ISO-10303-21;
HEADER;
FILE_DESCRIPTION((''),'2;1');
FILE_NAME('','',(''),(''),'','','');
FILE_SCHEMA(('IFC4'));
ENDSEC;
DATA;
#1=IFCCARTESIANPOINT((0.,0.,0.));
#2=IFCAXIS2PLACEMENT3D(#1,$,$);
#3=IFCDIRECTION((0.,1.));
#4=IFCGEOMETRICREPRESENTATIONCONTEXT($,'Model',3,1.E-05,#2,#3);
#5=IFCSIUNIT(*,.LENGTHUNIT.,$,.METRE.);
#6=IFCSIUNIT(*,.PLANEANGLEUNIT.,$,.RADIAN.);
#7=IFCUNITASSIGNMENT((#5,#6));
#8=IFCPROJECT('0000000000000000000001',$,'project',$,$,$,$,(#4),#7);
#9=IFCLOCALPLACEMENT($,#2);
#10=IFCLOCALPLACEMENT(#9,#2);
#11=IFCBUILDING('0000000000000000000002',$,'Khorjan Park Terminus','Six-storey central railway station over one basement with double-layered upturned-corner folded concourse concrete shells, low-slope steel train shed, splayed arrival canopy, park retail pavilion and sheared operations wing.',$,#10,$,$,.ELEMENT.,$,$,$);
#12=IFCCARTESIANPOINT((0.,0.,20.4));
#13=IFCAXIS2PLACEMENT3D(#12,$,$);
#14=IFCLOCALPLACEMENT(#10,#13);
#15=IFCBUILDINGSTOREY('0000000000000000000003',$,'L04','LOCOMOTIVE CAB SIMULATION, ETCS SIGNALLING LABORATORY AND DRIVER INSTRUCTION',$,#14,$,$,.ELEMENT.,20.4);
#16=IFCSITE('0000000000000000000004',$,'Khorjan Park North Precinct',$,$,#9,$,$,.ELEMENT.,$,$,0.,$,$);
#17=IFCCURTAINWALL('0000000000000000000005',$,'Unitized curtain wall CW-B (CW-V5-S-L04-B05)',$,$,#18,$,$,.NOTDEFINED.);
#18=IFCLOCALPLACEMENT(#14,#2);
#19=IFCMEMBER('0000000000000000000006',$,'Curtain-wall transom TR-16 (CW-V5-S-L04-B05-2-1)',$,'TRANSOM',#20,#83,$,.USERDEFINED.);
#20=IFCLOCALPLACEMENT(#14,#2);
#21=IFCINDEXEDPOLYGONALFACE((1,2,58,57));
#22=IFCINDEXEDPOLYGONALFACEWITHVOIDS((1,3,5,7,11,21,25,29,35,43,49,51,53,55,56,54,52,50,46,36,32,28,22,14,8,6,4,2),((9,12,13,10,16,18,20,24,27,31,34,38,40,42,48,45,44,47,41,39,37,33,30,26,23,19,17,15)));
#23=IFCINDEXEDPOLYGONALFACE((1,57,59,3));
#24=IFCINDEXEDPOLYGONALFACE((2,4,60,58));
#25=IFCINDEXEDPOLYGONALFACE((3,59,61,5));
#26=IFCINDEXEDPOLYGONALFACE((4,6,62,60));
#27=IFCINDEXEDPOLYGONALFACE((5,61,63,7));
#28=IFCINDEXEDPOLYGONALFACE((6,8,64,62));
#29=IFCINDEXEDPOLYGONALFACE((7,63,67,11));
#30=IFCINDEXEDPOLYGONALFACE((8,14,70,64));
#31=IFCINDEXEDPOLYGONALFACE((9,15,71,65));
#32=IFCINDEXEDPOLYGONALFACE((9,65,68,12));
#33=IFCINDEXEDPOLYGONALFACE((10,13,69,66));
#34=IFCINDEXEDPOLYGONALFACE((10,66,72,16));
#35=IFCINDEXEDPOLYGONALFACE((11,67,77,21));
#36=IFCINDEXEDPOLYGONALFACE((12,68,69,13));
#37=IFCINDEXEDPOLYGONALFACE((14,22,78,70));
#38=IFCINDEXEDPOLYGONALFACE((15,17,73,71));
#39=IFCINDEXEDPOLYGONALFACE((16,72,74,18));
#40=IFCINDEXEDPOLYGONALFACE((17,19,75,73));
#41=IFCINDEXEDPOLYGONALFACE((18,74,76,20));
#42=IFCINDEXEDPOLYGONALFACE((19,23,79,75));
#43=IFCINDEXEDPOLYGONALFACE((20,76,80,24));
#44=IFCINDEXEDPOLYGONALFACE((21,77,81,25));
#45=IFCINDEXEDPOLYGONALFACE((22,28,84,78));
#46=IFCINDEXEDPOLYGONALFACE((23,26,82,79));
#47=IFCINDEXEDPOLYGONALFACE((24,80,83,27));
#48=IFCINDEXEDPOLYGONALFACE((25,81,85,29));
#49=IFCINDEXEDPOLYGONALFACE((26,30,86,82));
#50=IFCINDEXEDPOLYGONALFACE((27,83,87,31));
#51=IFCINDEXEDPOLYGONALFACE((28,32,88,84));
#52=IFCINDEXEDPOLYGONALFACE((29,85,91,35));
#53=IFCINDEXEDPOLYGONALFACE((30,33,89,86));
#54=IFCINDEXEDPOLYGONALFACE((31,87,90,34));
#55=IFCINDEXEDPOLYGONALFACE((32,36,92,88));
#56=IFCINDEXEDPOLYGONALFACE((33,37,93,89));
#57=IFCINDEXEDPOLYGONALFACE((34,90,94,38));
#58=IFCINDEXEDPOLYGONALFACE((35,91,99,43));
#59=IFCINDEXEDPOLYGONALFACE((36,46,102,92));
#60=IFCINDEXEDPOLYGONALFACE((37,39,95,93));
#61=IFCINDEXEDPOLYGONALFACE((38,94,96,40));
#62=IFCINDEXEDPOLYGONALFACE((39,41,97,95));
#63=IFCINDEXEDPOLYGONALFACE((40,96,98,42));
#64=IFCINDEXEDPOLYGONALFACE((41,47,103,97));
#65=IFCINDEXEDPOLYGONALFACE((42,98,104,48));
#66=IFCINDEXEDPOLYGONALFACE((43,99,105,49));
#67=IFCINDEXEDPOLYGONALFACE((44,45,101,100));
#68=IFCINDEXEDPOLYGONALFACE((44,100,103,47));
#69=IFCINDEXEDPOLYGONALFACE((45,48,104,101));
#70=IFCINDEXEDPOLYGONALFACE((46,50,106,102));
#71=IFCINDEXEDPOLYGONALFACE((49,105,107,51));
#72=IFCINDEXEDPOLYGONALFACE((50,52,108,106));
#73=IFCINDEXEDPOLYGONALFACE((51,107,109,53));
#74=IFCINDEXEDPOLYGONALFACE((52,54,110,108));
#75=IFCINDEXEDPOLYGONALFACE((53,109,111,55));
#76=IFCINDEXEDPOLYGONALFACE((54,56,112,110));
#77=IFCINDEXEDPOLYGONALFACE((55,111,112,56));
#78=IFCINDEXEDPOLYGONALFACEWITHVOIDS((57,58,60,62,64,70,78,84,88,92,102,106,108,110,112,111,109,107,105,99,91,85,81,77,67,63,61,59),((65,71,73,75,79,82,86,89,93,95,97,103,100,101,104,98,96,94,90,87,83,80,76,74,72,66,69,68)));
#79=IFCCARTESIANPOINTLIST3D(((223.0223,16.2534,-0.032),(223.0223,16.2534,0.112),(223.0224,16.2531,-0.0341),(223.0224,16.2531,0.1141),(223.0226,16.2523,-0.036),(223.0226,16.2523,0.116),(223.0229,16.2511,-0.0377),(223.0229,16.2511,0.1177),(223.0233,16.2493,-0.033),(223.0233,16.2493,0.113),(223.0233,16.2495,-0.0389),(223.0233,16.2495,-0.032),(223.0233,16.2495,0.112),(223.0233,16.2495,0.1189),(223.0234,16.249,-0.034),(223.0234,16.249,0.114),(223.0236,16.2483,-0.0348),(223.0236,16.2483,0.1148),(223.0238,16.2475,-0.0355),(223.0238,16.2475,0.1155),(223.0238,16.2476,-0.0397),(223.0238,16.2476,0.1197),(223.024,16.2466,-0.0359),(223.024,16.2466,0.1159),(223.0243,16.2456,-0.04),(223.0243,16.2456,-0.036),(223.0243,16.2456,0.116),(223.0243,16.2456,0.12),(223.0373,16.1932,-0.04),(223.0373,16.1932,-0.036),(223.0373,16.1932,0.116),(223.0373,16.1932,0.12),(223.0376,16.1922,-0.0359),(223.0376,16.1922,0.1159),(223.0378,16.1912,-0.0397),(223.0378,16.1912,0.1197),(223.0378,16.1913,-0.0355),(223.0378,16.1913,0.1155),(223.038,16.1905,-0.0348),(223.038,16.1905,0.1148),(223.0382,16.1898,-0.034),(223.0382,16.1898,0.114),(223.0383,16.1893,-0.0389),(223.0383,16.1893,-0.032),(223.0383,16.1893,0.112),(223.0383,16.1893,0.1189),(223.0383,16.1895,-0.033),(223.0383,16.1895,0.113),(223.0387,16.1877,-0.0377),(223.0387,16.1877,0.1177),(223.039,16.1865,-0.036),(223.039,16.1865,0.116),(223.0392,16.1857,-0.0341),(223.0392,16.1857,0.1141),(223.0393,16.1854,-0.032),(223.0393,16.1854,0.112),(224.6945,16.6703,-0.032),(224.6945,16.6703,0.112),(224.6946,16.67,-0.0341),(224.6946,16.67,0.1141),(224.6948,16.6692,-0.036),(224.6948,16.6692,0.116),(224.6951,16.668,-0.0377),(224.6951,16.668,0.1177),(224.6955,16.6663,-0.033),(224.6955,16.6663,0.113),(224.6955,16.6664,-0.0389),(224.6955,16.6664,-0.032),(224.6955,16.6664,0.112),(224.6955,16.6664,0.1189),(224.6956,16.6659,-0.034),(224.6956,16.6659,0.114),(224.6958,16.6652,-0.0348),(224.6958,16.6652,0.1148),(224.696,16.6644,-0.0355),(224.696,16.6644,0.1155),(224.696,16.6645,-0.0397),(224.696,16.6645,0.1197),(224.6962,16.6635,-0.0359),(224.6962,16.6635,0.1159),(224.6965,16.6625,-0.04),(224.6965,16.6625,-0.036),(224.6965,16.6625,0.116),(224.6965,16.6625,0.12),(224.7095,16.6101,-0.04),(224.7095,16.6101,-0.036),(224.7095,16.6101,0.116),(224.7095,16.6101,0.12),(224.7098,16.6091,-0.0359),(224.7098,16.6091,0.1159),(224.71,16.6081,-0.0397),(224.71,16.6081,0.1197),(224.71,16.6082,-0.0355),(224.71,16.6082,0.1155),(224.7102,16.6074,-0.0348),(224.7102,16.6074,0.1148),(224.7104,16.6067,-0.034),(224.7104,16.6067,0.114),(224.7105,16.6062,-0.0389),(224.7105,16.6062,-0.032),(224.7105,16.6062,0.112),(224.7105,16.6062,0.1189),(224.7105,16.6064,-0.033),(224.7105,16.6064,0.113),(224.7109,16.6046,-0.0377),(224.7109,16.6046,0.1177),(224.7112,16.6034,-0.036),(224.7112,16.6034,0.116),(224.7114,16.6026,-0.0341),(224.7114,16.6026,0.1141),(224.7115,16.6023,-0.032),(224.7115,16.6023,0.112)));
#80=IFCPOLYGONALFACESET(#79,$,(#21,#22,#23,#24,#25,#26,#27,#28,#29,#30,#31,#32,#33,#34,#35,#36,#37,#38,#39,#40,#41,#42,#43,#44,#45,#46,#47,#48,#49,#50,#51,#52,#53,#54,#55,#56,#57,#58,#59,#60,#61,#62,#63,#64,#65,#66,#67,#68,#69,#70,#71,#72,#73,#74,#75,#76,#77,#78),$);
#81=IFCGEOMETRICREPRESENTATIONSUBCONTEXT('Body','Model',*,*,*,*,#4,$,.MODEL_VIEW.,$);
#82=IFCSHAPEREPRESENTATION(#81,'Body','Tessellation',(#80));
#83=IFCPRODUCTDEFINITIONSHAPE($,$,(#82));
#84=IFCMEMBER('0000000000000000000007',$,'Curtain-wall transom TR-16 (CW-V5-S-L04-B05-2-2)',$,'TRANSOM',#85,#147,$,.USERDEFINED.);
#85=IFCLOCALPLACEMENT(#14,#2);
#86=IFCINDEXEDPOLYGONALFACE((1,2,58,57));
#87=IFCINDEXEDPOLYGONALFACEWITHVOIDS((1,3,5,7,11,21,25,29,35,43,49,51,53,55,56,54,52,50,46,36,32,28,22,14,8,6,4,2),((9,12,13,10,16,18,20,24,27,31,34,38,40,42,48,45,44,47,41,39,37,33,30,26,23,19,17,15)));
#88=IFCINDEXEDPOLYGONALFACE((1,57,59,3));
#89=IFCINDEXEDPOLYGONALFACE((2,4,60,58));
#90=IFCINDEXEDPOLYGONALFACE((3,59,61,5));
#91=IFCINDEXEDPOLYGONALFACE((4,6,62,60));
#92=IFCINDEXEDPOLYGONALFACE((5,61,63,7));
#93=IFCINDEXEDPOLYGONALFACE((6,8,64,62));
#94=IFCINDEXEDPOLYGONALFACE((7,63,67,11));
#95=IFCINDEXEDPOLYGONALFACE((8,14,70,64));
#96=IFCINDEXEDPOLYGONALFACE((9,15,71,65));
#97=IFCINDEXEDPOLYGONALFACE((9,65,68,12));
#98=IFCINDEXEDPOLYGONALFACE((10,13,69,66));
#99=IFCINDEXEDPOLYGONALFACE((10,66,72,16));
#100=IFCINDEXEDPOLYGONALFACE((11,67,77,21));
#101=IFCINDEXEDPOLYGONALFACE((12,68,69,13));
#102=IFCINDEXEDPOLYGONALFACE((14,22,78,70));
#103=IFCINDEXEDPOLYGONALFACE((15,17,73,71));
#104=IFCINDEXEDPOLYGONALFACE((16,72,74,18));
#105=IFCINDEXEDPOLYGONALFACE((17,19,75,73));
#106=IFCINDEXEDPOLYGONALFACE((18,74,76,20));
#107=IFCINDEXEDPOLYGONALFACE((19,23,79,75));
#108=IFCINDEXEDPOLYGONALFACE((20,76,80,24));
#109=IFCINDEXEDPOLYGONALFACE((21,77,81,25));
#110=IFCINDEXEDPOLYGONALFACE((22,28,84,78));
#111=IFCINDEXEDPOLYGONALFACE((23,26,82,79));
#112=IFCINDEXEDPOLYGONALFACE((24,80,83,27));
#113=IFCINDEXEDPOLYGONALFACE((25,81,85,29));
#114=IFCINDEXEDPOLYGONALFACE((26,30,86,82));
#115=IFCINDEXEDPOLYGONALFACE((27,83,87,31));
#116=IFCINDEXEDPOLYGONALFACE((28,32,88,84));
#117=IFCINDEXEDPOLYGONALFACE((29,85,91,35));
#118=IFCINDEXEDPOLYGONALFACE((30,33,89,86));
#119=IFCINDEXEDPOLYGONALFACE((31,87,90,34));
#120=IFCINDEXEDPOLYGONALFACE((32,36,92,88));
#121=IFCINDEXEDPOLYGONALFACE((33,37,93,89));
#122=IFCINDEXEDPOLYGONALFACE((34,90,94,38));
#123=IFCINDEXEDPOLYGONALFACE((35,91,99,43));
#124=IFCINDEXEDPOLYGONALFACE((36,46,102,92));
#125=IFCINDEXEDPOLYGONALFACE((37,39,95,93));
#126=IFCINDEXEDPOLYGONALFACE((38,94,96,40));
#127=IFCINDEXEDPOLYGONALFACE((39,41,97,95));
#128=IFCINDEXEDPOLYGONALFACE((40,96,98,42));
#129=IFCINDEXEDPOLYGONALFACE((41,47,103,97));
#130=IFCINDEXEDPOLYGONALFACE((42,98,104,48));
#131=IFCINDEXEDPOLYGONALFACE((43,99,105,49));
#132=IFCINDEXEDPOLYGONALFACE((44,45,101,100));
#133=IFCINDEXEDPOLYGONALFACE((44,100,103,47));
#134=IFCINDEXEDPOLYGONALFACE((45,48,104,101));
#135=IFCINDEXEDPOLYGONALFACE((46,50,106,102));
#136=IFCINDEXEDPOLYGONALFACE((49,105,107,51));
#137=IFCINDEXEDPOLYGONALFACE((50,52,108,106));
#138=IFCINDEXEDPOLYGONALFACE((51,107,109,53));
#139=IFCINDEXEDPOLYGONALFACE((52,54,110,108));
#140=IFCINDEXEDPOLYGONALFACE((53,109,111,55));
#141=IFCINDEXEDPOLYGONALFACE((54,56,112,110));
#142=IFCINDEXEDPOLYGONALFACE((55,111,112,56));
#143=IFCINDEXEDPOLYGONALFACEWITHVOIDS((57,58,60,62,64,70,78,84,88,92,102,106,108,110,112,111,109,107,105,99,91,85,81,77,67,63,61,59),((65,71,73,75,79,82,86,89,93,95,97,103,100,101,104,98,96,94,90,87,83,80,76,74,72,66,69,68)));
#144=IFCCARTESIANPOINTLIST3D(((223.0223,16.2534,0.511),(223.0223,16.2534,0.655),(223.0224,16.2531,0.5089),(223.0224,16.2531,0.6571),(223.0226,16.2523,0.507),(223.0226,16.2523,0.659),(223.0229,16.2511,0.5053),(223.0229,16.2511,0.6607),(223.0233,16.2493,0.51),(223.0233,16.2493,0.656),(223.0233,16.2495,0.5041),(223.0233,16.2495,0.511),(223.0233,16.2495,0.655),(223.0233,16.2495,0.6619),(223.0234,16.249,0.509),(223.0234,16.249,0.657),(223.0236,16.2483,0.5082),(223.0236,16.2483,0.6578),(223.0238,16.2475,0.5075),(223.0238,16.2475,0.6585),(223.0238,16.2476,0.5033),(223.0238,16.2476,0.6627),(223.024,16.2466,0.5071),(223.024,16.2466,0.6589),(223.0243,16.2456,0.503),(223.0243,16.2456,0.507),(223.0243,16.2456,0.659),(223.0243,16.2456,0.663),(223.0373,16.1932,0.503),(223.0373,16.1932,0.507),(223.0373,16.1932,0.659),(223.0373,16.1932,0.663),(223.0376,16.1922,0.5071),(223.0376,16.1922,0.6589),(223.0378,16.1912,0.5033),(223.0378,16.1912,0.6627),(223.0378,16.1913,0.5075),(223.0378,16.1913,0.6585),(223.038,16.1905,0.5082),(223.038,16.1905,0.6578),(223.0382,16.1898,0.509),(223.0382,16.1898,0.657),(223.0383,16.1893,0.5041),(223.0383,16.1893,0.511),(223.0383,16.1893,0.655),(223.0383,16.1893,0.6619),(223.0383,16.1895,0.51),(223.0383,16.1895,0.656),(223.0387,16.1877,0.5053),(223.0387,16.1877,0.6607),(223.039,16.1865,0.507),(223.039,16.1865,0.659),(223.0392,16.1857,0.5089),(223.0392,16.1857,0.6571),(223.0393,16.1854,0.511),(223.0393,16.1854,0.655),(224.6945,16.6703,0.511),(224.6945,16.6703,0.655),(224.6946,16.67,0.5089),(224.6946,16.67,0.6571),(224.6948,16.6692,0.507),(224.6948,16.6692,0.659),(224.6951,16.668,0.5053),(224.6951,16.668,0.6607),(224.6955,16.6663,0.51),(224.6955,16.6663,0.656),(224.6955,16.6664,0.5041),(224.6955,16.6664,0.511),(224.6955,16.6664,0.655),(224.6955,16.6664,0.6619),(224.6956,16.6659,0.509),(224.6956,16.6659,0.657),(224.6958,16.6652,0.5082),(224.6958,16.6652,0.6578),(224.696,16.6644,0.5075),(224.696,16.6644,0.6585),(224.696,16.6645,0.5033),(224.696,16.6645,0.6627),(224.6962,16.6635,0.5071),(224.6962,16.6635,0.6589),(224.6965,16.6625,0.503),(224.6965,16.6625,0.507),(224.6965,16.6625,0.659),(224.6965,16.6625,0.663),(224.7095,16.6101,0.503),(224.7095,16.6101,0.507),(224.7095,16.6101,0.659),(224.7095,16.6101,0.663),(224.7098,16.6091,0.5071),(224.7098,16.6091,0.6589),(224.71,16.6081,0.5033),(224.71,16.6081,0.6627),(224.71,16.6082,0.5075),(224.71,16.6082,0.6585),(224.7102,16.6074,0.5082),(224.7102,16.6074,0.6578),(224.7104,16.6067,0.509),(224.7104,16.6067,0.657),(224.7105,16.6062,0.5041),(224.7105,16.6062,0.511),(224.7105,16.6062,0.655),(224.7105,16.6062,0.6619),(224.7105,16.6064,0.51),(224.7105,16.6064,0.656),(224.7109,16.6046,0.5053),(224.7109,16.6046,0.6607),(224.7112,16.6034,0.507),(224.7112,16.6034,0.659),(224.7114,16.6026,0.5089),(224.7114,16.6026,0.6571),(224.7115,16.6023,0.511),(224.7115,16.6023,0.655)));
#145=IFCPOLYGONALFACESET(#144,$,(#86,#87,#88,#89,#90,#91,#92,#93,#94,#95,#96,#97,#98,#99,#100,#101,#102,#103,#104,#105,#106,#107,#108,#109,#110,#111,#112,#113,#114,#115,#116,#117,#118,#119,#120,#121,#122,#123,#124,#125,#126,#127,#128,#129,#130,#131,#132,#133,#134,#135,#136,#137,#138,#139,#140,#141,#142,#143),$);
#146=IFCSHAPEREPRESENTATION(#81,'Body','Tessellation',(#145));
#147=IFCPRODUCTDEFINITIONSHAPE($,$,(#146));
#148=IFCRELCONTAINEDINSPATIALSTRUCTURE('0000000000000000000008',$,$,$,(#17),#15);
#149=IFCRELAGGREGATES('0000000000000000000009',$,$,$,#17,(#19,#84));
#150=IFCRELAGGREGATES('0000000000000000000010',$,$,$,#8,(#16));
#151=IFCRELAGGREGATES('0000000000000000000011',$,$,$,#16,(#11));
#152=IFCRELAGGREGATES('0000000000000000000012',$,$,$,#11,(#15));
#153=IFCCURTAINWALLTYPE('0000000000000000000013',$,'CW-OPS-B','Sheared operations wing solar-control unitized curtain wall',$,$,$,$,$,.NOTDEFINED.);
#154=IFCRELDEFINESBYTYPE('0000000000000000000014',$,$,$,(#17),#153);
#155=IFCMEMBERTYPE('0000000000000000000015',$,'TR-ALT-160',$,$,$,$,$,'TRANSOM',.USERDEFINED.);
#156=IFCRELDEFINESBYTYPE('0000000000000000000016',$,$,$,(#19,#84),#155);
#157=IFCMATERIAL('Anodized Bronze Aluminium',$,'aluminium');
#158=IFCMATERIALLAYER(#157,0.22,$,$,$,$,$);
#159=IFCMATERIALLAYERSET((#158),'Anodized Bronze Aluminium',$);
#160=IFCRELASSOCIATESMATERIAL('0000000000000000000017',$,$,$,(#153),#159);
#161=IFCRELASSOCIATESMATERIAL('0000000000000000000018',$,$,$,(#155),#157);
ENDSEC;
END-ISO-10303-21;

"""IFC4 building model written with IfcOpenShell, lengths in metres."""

from ifc_helpers import new_model, si_unit, direction, frame, origin, origin_2d, place, context, subcontext, project, spatial, hollow_rectangle, extrude, material, layer, layer_set, material_profile, profile_set, type_object, element, aggregate, save


model = new_model("IFC4")

# Units and contexts
model_context = context("Model", 3, precision=1e-05, world=origin(), true_north=direction((0.0, 1.0)))
body_context = subcontext(model_context, "Body", "Model", "MODEL_VIEW")
ifc_project = project(units=[si_unit("LENGTHUNIT", "METRE"), si_unit("PLANEANGLEUNIT", "RADIAN")], contexts=[model_context])

# Site, building, storey
site_placement = place(None, origin())
site = spatial("IfcSite", under=ifc_project, at=site_placement, Name="Khorjan Park North Precinct", CompositionType="ELEMENT", RefElevation=0.0)
building_placement = place(site_placement, origin())
building = spatial("IfcBuilding", under=site, at=building_placement, Name="Khorjan Park Terminus", Description="Six-storey central railway station over one basement with double-layered upturned-corner folded concourse concrete shells, low-slope steel train shed, splayed arrival canopy, park retail pavilion and sheared operations wing.", CompositionType="ELEMENT")
storey_placement = place(building_placement, frame((0.0, 0.0, 20.4)))
storey = spatial("IfcBuildingStorey", under=building, at=storey_placement, Name="L04", Description="LOCOMOTIVE CAB SIMULATION, ETCS SIGNALLING LABORATORY AND DRIVER INSTRUCTION", CompositionType="ELEMENT", Elevation=20.4)

# Curtain wall
ifc_material_1 = material(Name="Anodized Bronze Aluminium", Category="aluminium")
ifc_layer_1 = layer(ifc_material_1, 0.22)
ifc_layer_set_1 = layer_set([ifc_layer_1], Name="Anodized Bronze Aluminium")
curtain_wall_type = type_object("IfcCurtainWallType", Name="CW-OPS-B", Description="Sheared operations wing solar-control unitized curtain wall", PredefinedType="NOTDEFINED", material=ifc_layer_set_1)
curtain_wall_1_placement = place(storey_placement, origin())
curtain_wall_1 = element("IfcCurtainWall", 1, at=curtain_wall_1_placement, inside=storey, type_object=curtain_wall_type, Name="Unitized curtain wall CW-B (CW-V5-S-L04-B05)", PredefinedType="NOTDEFINED")

# Members
ifc_material_profile_1 = material_profile(ifc_material_1, hollow_rectangle(XDim=0.07, YDim=0.16, WallThickness=0.004, InnerFilletRadius=0.004, OuterFilletRadius=0.008, at=origin_2d()), Name="ALT 70x160x4")
ifc_profile_set_1 = profile_set([ifc_material_profile_1], Name="Anodized Bronze Aluminium")
member_type_1 = type_object("IfcMemberType", Name="TR-ALT-160", ElementType="TRANSOM", PredefinedType="USERDEFINED", material=ifc_profile_set_1)
member_1_placement = place(storey_placement, frame((223.0308, 16.2194, 0.04), z_axis=(0.970299, 0.241908, 0.0), x_axis=(-0.241908, 0.970299, 0.0)))
member_1 = element("IfcMember", 2, at=member_1_placement, type_object=member_type_1, Name="Curtain-wall transom TR-16 (CW-V5-S-L04-B05-2-1)", ObjectType="TRANSOM", PredefinedType="USERDEFINED", context=body_context, shape_type="SweptSolid", body=[
    extrude(hollow_rectangle(XDim=0.07, YDim=0.16, WallThickness=0.004, InnerFilletRadius=0.004, OuterFilletRadius=0.008, at=origin_2d()), origin(), (0.0, 0.0, 1.0), 1.7234),
])
member_2_placement = place(storey_placement, frame((223.0308, 16.2194, 0.583), z_axis=(0.970299, 0.241908, 0.0), x_axis=(-0.241908, 0.970299, 0.0)))
member_2 = element("IfcMember", 3, at=member_2_placement, type_object=member_type_1, Name="Curtain-wall transom TR-16 (CW-V5-S-L04-B05-2-2)", ObjectType="TRANSOM", PredefinedType="USERDEFINED", context=body_context, shape_type="SweptSolid", body=[
    extrude(hollow_rectangle(XDim=0.07, YDim=0.16, WallThickness=0.004, InnerFilletRadius=0.004, OuterFilletRadius=0.008, at=origin_2d()), origin(), (0.0, 0.0, 1.0), 1.7234),
])

aggregate(curtain_wall_1, [member_1, member_2])

save(model, "model.ifc")
